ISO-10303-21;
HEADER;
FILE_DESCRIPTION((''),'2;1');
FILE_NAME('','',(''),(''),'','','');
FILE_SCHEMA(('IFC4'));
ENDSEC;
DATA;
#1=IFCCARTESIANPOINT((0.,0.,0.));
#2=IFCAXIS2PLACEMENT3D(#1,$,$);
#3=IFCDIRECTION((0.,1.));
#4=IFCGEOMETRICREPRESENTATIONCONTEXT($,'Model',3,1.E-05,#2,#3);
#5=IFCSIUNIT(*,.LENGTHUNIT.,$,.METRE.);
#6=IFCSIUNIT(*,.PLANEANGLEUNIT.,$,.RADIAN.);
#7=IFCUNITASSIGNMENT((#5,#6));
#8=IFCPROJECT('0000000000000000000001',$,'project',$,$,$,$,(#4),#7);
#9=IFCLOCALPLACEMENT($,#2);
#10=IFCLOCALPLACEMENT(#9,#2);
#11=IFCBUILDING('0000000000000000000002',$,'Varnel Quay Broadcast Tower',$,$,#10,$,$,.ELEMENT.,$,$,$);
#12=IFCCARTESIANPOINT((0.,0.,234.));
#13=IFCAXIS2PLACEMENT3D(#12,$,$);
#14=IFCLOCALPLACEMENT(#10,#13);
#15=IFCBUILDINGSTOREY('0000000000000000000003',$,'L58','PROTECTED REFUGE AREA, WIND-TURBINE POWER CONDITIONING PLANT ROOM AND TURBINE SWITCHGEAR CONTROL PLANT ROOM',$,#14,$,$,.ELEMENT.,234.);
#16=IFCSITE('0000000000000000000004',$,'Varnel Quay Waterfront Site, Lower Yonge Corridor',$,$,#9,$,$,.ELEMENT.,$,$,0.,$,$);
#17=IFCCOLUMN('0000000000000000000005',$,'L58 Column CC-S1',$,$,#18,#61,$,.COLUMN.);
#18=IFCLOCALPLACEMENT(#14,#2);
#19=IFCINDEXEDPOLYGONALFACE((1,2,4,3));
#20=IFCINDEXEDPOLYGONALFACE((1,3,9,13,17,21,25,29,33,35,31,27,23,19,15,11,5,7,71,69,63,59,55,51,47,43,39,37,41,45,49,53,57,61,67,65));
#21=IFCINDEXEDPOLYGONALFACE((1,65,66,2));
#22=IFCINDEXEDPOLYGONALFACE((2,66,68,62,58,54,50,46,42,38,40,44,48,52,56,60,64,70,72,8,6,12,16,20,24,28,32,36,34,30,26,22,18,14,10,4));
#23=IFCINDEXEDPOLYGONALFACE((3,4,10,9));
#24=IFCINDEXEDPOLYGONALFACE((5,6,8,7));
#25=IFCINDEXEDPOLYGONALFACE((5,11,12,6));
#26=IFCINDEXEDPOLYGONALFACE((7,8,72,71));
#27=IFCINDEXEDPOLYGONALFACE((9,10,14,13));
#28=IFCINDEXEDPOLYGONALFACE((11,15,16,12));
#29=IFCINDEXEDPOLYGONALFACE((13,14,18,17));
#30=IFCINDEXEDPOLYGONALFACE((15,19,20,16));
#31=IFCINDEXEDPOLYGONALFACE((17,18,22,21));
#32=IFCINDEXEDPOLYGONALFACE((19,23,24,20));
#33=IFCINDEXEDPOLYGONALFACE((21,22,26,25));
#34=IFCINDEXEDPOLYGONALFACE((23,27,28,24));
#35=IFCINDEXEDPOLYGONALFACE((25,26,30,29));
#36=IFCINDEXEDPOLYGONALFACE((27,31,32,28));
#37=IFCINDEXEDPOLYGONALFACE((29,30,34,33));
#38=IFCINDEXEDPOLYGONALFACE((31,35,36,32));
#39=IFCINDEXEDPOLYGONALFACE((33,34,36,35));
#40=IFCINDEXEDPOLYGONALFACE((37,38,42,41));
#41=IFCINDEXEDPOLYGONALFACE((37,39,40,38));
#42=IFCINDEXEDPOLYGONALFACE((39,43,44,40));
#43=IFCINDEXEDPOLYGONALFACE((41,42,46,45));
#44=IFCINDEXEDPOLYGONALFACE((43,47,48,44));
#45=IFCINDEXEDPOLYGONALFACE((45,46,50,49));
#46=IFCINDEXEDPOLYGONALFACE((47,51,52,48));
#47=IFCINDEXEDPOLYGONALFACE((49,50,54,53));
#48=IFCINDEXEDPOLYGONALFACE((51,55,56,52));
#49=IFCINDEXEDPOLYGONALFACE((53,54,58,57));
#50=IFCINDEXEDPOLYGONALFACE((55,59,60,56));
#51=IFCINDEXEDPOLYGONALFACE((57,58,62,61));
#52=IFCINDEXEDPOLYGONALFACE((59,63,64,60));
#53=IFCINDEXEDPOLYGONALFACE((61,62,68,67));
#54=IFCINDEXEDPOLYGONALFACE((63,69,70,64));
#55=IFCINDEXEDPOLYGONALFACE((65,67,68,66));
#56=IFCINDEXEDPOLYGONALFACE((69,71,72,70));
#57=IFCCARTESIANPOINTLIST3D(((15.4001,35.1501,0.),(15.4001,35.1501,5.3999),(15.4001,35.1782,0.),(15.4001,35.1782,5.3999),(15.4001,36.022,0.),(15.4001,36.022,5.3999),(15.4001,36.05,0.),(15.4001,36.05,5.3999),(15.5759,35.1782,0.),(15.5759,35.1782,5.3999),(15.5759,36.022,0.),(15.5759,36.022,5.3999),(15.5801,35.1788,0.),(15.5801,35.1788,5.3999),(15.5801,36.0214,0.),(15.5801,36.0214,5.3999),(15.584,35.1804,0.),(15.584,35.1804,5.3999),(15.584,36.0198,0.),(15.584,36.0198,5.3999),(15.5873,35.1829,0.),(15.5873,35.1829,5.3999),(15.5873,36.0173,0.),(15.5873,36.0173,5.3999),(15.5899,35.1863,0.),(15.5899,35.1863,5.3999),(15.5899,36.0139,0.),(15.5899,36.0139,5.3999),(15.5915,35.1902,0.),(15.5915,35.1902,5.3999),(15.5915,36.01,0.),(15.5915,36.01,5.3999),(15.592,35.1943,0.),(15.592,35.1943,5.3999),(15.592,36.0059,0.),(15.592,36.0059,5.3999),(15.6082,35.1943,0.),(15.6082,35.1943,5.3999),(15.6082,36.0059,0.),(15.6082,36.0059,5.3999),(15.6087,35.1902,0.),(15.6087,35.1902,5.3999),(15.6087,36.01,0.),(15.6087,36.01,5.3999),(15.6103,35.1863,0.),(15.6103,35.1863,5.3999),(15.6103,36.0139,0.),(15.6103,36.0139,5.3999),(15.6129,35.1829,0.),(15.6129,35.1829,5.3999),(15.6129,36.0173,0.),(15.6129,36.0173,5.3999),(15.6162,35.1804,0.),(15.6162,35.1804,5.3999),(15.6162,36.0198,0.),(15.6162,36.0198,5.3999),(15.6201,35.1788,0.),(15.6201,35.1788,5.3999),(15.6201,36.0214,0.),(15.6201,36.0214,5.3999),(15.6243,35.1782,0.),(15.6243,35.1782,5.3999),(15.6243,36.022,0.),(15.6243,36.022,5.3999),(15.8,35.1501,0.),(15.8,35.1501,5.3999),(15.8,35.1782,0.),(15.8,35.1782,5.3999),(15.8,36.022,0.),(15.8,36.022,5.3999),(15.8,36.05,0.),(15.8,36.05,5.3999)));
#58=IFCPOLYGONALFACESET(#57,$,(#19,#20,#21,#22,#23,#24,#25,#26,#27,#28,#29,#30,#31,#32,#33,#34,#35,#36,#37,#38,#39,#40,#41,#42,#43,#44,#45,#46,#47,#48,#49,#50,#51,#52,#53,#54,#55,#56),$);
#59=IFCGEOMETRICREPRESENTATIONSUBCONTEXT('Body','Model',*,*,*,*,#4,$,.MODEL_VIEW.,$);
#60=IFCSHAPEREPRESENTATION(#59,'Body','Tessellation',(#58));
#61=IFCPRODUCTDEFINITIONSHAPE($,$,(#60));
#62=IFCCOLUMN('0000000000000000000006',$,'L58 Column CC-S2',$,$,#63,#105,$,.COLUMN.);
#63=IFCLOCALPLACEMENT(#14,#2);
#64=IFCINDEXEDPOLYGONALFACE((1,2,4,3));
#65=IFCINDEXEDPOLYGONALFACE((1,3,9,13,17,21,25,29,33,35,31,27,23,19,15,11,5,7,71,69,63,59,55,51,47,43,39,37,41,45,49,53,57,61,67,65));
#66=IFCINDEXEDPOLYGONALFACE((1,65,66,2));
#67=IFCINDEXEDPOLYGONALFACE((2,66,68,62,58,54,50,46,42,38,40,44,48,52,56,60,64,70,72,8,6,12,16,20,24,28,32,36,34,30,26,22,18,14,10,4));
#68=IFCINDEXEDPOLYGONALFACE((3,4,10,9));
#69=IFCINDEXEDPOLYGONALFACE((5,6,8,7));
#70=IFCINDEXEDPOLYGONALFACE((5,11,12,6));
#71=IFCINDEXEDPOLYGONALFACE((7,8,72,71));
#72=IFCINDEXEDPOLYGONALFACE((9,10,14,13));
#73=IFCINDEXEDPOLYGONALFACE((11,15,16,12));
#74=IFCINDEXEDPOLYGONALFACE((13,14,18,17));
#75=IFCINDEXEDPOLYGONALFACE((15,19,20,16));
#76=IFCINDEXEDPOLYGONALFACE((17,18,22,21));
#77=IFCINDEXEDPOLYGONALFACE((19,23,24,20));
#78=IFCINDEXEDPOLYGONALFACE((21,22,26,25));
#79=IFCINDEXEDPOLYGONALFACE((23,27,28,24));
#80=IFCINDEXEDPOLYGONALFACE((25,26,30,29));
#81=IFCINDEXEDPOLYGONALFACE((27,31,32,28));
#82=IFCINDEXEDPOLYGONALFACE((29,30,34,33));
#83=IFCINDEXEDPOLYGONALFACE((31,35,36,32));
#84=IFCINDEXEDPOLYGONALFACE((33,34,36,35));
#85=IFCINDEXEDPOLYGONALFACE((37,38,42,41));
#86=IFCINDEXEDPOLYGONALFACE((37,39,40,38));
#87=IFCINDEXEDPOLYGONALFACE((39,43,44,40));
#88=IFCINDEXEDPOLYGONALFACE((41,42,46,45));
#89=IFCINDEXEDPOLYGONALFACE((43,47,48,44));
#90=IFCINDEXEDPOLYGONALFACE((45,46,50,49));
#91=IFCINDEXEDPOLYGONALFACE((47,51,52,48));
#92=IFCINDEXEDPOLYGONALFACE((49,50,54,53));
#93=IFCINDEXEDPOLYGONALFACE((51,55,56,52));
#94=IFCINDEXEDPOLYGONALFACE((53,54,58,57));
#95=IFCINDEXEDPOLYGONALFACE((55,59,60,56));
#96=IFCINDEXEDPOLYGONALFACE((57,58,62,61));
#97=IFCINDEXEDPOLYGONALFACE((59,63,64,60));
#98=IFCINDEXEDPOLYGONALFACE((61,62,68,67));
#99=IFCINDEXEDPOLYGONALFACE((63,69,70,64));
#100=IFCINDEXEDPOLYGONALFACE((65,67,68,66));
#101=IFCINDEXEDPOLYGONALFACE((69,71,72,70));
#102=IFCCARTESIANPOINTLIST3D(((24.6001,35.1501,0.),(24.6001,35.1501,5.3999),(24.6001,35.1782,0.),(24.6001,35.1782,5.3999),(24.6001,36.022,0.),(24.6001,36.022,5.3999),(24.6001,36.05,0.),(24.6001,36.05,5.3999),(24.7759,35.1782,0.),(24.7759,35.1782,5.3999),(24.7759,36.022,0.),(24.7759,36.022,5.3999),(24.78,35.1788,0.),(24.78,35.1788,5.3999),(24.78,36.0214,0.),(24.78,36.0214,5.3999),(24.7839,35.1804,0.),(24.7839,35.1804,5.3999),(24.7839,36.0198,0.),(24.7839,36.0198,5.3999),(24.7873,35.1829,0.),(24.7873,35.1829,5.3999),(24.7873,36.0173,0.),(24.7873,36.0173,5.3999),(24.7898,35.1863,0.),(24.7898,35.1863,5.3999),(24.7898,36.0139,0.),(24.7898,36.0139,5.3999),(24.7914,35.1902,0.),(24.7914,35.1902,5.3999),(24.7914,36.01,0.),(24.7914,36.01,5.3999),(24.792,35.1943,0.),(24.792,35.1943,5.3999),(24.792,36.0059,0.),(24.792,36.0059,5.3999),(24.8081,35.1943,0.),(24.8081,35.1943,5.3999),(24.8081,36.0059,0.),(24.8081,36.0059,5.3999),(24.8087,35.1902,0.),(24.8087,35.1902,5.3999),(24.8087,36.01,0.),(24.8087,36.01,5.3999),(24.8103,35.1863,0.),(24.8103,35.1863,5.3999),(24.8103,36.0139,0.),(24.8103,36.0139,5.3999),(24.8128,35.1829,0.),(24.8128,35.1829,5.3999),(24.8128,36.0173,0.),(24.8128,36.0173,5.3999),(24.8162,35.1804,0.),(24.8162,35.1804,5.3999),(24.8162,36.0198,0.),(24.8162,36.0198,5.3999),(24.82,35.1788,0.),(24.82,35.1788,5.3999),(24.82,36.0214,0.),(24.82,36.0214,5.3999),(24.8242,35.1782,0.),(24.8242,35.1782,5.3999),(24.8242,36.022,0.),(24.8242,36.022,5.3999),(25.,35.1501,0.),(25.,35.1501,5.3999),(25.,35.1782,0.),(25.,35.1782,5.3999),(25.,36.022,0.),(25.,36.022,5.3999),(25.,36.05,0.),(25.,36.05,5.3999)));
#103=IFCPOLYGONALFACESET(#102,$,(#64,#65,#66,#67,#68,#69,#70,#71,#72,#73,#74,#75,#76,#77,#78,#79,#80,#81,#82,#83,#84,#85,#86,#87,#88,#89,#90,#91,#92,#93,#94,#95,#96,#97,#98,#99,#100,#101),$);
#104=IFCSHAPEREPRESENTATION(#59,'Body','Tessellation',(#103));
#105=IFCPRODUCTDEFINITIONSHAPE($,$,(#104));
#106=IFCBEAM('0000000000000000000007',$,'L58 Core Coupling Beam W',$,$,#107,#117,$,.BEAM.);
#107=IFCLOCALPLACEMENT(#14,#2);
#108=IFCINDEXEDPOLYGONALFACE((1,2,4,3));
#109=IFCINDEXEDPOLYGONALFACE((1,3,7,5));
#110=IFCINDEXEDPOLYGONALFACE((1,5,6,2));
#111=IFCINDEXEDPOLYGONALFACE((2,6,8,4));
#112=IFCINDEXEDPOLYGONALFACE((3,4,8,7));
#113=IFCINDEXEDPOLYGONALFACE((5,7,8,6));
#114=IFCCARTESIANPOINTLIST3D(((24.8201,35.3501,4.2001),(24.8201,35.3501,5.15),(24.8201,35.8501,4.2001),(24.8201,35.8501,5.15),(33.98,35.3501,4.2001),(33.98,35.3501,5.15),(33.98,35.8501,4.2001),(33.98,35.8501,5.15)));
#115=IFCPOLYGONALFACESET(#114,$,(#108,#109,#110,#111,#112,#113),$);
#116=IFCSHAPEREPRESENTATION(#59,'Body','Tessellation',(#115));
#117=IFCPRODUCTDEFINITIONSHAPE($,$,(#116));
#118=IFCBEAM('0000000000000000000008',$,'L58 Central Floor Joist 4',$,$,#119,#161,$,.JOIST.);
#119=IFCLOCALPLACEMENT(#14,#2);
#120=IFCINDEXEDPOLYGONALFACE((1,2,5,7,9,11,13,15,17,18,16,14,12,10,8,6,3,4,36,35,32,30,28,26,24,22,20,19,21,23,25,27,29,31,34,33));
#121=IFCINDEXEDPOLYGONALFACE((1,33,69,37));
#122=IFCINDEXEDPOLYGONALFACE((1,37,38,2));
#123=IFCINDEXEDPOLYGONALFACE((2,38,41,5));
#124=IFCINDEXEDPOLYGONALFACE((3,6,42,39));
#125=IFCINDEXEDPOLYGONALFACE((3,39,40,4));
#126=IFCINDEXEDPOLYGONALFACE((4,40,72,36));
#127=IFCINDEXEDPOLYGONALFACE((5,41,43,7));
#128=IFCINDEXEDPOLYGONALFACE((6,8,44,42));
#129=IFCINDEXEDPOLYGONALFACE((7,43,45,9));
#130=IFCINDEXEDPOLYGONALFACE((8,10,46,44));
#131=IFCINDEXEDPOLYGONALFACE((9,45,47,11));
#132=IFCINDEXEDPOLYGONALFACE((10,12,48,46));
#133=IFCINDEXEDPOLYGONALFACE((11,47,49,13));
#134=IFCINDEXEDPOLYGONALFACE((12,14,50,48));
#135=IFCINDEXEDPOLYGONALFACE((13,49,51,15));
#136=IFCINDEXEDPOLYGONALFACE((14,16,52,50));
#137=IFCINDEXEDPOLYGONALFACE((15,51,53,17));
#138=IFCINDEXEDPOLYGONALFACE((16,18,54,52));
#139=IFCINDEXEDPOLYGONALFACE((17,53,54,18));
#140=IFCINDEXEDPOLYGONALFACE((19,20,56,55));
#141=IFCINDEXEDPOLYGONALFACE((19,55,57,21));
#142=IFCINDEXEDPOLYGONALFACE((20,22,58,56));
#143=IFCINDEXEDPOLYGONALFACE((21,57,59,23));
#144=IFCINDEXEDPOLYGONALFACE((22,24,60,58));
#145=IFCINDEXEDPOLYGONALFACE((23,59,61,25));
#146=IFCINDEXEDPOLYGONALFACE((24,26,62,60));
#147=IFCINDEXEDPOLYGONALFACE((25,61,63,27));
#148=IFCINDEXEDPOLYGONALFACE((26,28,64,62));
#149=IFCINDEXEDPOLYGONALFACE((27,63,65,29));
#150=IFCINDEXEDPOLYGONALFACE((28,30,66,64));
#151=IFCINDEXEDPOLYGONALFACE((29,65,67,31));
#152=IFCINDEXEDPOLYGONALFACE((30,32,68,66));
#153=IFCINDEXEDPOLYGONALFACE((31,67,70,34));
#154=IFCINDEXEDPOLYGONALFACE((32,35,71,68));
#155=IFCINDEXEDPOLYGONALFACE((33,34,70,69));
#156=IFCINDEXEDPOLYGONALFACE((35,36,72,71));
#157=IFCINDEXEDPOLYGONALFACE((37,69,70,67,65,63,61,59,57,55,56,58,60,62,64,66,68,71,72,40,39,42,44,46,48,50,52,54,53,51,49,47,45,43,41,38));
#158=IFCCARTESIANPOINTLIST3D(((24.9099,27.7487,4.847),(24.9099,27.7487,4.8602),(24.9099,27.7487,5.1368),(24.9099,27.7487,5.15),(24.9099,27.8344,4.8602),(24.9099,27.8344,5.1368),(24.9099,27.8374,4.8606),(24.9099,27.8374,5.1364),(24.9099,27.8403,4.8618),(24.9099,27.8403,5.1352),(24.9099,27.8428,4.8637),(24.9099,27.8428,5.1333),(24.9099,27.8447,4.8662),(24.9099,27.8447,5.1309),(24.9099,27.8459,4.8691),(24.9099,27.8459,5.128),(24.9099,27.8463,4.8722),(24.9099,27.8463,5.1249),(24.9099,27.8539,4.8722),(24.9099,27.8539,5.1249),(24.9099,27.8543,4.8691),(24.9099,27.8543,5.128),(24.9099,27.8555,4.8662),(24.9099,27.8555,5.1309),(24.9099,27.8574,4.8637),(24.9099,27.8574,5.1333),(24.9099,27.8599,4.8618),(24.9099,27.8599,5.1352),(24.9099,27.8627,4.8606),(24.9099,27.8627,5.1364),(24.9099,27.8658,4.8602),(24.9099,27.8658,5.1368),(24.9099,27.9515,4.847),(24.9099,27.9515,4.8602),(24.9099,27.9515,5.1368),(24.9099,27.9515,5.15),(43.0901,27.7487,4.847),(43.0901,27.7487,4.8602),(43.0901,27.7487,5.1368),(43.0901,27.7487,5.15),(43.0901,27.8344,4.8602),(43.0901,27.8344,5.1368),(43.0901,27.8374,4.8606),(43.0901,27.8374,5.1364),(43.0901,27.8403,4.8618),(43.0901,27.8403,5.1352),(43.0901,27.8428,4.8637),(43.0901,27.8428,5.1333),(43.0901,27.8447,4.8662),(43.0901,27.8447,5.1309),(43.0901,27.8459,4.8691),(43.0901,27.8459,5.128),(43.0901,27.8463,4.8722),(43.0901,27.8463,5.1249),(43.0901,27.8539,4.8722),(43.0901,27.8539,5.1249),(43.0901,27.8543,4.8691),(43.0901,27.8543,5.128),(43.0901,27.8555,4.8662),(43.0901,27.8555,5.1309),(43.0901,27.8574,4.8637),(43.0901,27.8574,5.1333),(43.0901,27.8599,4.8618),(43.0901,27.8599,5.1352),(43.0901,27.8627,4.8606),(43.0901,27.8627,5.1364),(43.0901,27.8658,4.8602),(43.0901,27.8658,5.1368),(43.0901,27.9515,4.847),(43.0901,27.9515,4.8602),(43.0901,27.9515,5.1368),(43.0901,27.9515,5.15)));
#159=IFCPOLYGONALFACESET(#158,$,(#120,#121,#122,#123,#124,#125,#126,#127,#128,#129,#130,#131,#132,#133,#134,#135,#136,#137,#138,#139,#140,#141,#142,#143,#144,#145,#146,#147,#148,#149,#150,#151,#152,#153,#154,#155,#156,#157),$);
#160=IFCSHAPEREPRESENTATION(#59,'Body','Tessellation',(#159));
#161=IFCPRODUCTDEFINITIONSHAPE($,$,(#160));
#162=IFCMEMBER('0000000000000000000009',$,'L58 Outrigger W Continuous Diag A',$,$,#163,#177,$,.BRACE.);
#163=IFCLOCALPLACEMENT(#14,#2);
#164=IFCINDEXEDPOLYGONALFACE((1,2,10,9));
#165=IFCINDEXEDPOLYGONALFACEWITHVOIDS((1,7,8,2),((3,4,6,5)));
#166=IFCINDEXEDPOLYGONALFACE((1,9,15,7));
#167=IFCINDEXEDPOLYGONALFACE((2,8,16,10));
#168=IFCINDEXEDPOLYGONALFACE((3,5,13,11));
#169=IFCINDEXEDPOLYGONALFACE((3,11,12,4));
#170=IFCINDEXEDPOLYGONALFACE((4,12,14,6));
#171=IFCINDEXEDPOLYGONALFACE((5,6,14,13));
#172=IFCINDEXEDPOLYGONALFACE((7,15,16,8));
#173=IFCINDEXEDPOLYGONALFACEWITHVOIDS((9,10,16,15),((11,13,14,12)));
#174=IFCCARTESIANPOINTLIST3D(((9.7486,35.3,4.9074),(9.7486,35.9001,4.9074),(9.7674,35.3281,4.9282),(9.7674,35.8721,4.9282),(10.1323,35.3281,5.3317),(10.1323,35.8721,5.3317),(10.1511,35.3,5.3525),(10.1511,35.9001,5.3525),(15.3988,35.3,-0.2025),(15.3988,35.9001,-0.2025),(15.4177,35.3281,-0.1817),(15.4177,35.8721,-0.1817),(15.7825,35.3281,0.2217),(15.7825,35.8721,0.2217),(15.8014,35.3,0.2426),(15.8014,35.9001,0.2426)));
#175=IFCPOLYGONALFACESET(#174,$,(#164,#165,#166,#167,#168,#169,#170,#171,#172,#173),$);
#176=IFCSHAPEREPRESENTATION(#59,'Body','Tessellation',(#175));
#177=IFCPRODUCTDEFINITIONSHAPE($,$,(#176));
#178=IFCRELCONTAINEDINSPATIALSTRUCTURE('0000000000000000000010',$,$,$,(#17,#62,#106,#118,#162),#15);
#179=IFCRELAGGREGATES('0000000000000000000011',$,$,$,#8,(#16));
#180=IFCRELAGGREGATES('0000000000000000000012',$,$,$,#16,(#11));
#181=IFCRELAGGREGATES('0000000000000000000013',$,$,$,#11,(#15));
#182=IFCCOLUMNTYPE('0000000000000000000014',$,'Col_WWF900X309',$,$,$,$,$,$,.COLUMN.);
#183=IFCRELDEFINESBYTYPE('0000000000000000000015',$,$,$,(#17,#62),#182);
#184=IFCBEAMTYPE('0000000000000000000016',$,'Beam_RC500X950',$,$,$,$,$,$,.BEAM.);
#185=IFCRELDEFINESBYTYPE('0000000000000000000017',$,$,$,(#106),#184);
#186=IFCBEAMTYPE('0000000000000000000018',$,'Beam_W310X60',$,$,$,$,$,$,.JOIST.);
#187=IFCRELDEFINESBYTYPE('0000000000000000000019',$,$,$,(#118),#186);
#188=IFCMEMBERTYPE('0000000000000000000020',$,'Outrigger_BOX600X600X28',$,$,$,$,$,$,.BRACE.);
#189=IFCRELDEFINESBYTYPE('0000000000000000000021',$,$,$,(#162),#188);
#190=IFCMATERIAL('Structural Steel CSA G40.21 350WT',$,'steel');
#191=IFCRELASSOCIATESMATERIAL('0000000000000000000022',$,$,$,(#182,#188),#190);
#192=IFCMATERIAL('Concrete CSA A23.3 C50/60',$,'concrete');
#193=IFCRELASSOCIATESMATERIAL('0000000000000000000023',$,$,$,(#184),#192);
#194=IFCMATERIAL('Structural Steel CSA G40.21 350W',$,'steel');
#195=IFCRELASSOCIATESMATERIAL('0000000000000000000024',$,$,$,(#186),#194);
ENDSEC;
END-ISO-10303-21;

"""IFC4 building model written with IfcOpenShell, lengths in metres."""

from ifc_helpers import new_model, si_unit, direction, frame, origin, origin_2d, place, context, subcontext, project, spatial, rectangle, hollow_rectangle, i_section, extrude, source, transform, mapped, material, material_profile, profile_set, type_object, type_shapes, element, save


model = new_model("IFC4")

# Units and contexts
model_context = context("Model", 3, precision=1e-05, world=origin(), true_north=direction((0.0, 1.0)))
body_context = subcontext(model_context, "Body", "Model", "MODEL_VIEW")
ifc_project = project(units=[si_unit("LENGTHUNIT", "METRE"), si_unit("PLANEANGLEUNIT", "RADIAN")], contexts=[model_context])

# Site, building, storey
site_placement = place(None, origin())
site = spatial("IfcSite", under=ifc_project, at=site_placement, Name="Varnel Quay Waterfront Site, Lower Yonge Corridor", CompositionType="ELEMENT", RefElevation=0.0)
building_placement = place(site_placement, origin())
building = spatial("IfcBuilding", under=site, at=building_placement, Name="Varnel Quay Broadcast Tower", CompositionType="ELEMENT")
storey_placement = place(building_placement, frame((0.0, 0.0, 234.0)))
storey = spatial("IfcBuildingStorey", under=building, at=storey_placement, Name="L58", Description="PROTECTED REFUGE AREA, WIND-TURBINE POWER CONDITIONING PLANT ROOM AND TURBINE SWITCHGEAR CONTROL PLANT ROOM", CompositionType="ELEMENT", Elevation=234.0)

# Columns
ifc_material_1 = material(Name="Structural Steel CSA G40.21 350WT", Category="steel")
ifc_material_profile_1 = material_profile(ifc_material_1, i_section(OverallWidth=0.3999, OverallDepth=0.8999, WebThickness=0.0161, FlangeThickness=0.0281, FilletRadius=0.0161, at=origin_2d()), Name="WWF900X309")
ifc_profile_set_1 = profile_set([ifc_material_profile_1], Name="Structural Steel CSA G40.21 350WT")
column_type = type_object("IfcColumnType", Name="Col_WWF900X309", PredefinedType="COLUMN", material=ifc_profile_set_1)
shared_shape_1 = source(origin(), body_context, "Body", "SweptSolid", [
    extrude(i_section(OverallWidth=0.3999, OverallDepth=0.8999, WebThickness=0.0161, FlangeThickness=0.0281, FilletRadius=0.0161, at=origin_2d()), origin(), (0.0, 0.0, 1.0), 5.3999),
])
type_shapes(column_type, [shared_shape_1])
for number, where, z_axis, x_axis, name in (
    (1, (15.6001, 35.6001, 0.0), (0.0, 0.0, 1.0), (1.0, 0.0, 0.0), "L58 Column CC-S1"),
    (2, (24.8, 35.6001, 0.0), (0.0, 0.0, 1.0), (1.0, 0.0, 0.0), "L58 Column CC-S2"),
):
    element("IfcColumn", number, at=place(storey_placement, frame(where, z_axis=z_axis, x_axis=x_axis)), inside=storey, type_object=column_type, Name=name, PredefinedType="COLUMN", context=body_context, shape_type="MappedRepresentation", body=[
        mapped(shared_shape_1, transform((0.0, 0.0, 0.0), x_axis=(1.0, 0.0, 0.0), y_axis=(0.0, 1.0, 0.0), z_axis=(0.0, 0.0, 1.0), scale=1.0)),
    ])

# Beams
ifc_material_2 = material(Name="Concrete CSA A23.3 C50/60", Category="concrete")
ifc_material_profile_2 = material_profile(ifc_material_2, rectangle(XDim=0.5, YDim=0.95, at=origin_2d()), Name="RC500X950")
ifc_profile_set_2 = profile_set([ifc_material_profile_2], Name="Concrete CSA A23.3 C50/60")
beam_type_1 = type_object("IfcBeamType", Name="Beam_RC500X950", PredefinedType="BEAM", material=ifc_profile_set_2)
shared_shape_2 = source(origin(), body_context, "Body", "SweptSolid", [
    extrude(rectangle(XDim=0.5, YDim=0.95, at=origin_2d()), origin(), (0.0, 0.0, 1.0), 9.1599),
])
type_shapes(beam_type_1, [shared_shape_2])
beam_1_placement = place(storey_placement, frame((24.8201, 35.6001, 4.675), z_axis=(1.0, 0.0, 0.0), x_axis=(0.0, 1.0, 0.0)))
element("IfcBeam", 3, at=beam_1_placement, inside=storey, type_object=beam_type_1, Name="L58 Core Coupling Beam W", PredefinedType="BEAM", context=body_context, shape_type="MappedRepresentation", body=[
    mapped(shared_shape_2, transform((0.0, 0.0, 0.0), x_axis=(1.0, 0.0, 0.0), y_axis=(0.0, 1.0, 0.0), z_axis=(0.0, 0.0, 1.0), scale=1.0)),
])
ifc_material_3 = material(Name="Structural Steel CSA G40.21 350W", Category="steel")
ifc_material_profile_3 = material_profile(ifc_material_3, i_section(OverallWidth=0.2029, OverallDepth=0.303, WebThickness=0.0076, FlangeThickness=0.0132, FilletRadius=0.012, at=origin_2d()), Name="W310X60")
ifc_profile_set_3 = profile_set([ifc_material_profile_3], Name="Structural Steel CSA G40.21 350W")
beam_type_2 = type_object("IfcBeamType", Name="Beam_W310X60", PredefinedType="JOIST", material=ifc_profile_set_3)
shared_shape_3 = source(origin(), body_context, "Body", "SweptSolid", [
    extrude(i_section(OverallWidth=0.2029, OverallDepth=0.303, WebThickness=0.0076, FlangeThickness=0.0132, FilletRadius=0.012, at=origin_2d()), origin(), (0.0, 0.0, 1.0), 18.1802),
])
type_shapes(beam_type_2, [shared_shape_3])
beam_2_placement = place(storey_placement, frame((24.9099, 27.8501, 4.9985), z_axis=(1.0, 0.0, 0.0), x_axis=(0.0, 1.0, 0.0)))
element("IfcBeam", 4, at=beam_2_placement, inside=storey, type_object=beam_type_2, Name="L58 Central Floor Joist 4", PredefinedType="JOIST", context=body_context, shape_type="MappedRepresentation", body=[
    mapped(shared_shape_3, transform((0.0, 0.0, 0.0), x_axis=(1.0, 0.0, 0.0), y_axis=(0.0, 1.0, 0.0), z_axis=(0.0, 0.0, 1.0), scale=1.0)),
])

# Member
ifc_material_profile_4 = material_profile(ifc_material_1, hollow_rectangle(XDim=0.6001, YDim=0.6001, WallThickness=0.0281, at=origin_2d()), Name="BOX600X600X28")
ifc_profile_set_4 = profile_set([ifc_material_profile_4], Name="Structural Steel CSA G40.21 350WT")
member_type = type_object("IfcMemberType", Name="Outrigger_BOX600X600X28", PredefinedType="BRACE", material=ifc_profile_set_4)
shared_shape_4 = source(origin(), body_context, "Body", "SweptSolid", [
    extrude(hollow_rectangle(XDim=0.6001, YDim=0.6001, WallThickness=0.0281, at=origin_2d()), origin(), (0.0, 0.0, 1.0), 7.6182),
])
type_shapes(member_type, [shared_shape_4])
member_placement = place(storey_placement, frame((15.6001, 35.6001, 0.02), z_axis=(-0.741678, 0.0, 0.670756), x_axis=(0.0, -1.0, 0.0)))
element("IfcMember", 5, at=member_placement, inside=storey, type_object=member_type, Name="L58 Outrigger W Continuous Diag A", PredefinedType="BRACE", context=body_context, shape_type="MappedRepresentation", body=[
    mapped(shared_shape_4, transform((0.0, 0.0, 0.0), x_axis=(1.0, 0.0, 0.0), y_axis=(0.0, 1.0, 0.0), z_axis=(0.0, 0.0, 1.0), scale=1.0)),
])

save(model, "model.ifc")
